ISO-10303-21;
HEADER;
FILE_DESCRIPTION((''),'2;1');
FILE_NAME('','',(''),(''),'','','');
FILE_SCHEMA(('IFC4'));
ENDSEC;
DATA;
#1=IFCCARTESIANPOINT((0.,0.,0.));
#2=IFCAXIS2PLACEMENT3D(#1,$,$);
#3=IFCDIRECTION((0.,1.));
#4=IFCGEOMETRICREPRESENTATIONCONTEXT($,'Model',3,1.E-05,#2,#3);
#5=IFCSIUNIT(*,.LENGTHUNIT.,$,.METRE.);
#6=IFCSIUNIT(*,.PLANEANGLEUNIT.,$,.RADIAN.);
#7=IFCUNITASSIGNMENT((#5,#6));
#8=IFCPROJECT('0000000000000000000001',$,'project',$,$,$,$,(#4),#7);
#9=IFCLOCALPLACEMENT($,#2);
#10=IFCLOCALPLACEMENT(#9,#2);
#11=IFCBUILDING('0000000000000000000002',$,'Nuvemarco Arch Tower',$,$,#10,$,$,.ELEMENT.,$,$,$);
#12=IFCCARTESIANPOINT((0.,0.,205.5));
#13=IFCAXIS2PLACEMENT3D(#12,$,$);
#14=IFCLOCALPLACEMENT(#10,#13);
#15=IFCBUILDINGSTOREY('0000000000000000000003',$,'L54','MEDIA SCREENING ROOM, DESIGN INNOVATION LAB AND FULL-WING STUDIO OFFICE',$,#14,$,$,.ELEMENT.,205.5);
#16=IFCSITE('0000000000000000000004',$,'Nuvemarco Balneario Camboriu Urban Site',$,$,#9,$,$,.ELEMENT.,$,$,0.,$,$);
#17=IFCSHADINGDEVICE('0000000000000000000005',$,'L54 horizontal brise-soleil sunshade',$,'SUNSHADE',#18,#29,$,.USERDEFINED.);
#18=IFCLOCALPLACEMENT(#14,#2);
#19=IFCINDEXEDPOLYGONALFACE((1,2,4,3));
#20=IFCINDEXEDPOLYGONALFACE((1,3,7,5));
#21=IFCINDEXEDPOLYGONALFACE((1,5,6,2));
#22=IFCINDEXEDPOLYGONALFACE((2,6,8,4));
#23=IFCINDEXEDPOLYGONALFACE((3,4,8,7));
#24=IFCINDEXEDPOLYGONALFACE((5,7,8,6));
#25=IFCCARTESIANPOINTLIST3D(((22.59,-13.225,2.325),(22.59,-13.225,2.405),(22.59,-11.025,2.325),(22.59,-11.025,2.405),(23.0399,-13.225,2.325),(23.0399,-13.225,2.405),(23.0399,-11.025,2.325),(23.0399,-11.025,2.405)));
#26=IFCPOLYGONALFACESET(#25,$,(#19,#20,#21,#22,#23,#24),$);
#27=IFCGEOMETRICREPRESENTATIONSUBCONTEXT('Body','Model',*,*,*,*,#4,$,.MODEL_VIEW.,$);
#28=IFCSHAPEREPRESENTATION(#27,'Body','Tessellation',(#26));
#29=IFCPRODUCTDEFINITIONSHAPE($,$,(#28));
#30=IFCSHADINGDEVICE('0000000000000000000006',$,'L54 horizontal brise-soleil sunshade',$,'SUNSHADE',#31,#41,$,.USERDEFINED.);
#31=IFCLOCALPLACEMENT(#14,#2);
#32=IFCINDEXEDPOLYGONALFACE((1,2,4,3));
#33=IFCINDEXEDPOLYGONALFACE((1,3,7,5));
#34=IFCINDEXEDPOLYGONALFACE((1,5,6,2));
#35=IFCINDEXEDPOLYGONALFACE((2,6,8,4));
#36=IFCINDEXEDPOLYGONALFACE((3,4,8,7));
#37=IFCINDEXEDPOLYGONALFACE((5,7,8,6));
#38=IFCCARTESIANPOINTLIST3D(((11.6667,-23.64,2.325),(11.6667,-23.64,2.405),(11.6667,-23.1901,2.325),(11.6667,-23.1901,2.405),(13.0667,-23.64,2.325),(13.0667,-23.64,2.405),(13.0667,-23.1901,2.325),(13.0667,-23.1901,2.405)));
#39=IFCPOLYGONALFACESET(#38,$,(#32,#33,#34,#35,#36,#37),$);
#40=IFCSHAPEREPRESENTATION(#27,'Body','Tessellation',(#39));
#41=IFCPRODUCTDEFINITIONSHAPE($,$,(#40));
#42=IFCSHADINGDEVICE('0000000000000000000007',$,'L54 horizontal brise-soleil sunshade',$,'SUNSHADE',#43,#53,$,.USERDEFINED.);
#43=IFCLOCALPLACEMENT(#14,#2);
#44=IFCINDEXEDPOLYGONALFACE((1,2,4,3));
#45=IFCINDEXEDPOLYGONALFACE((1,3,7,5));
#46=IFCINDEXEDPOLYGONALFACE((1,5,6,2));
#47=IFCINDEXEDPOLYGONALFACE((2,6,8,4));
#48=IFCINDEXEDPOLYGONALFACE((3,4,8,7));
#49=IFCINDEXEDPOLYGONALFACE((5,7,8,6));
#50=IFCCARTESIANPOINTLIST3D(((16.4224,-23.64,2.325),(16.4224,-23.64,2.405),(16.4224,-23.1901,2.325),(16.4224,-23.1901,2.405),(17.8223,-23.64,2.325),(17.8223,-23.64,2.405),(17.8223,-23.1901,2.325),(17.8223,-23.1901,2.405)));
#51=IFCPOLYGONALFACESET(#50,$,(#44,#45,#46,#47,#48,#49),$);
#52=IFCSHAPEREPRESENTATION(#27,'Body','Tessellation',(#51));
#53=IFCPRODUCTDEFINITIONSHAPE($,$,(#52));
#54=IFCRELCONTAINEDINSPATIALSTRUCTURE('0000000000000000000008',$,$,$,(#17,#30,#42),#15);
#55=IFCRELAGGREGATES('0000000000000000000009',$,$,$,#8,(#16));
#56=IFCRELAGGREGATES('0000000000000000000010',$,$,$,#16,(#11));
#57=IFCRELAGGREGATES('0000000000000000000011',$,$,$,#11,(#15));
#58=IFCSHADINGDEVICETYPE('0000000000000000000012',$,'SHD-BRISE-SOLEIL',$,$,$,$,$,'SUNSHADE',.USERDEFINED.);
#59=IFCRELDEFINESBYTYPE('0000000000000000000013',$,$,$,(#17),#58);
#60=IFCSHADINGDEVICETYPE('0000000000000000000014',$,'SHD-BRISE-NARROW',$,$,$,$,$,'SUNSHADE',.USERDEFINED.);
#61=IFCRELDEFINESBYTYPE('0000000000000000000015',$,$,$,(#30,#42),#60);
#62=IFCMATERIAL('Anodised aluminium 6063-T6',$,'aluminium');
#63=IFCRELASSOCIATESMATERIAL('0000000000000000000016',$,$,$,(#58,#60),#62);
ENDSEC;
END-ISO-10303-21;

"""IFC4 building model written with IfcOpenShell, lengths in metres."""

from ifc_helpers import new_model, si_unit, direction, frame, origin, origin_2d, place, context, subcontext, project, spatial, rectangle, extrude, source, transform, mapped, material, type_object, type_shapes, element, save


model = new_model("IFC4")

# Units and contexts
model_context = context("Model", 3, precision=1e-05, world=origin(), true_north=direction((0.0, 1.0)))
body_context = subcontext(model_context, "Body", "Model", "MODEL_VIEW")
ifc_project = project(units=[si_unit("LENGTHUNIT", "METRE"), si_unit("PLANEANGLEUNIT", "RADIAN")], contexts=[model_context])

# Site, building, storey
site_placement = place(None, origin())
site = spatial("IfcSite", under=ifc_project, at=site_placement, Name="Nuvemarco Balneario Camboriu Urban Site", CompositionType="ELEMENT", RefElevation=0.0)
building_placement = place(site_placement, origin())
building = spatial("IfcBuilding", under=site, at=building_placement, Name="Nuvemarco Arch Tower", CompositionType="ELEMENT")
storey_placement = place(building_placement, frame((0.0, 0.0, 205.5)))
storey = spatial("IfcBuildingStorey", under=building, at=storey_placement, Name="L54", Description="MEDIA SCREENING ROOM, DESIGN INNOVATION LAB AND FULL-WING STUDIO OFFICE", CompositionType="ELEMENT", Elevation=205.5)

# Shading devices
ifc_material_1 = material(Name="Anodised aluminium 6063-T6", Category="aluminium")
shading_device_type_1 = type_object("IfcShadingDeviceType", Name="SHD-BRISE-SOLEIL", ElementType="SUNSHADE", PredefinedType="USERDEFINED", material=ifc_material_1)
shared_shape_1 = source(origin(), body_context, "Body", "SweptSolid", [
    extrude(rectangle(XDim=2.2, YDim=0.45, at=origin_2d()), origin(), (0.0, 0.0, 1.0), 0.0801),
])
type_shapes(shading_device_type_1, [shared_shape_1])
shading_device_placement = place(storey_placement, frame((22.8149, -12.125, 2.325), z_axis=(0.0, 0.0, 1.0), x_axis=(0.0, 1.0, 0.0)))
element("IfcShadingDevice", 1, at=shading_device_placement, inside=storey, type_object=shading_device_type_1, Name="L54 horizontal brise-soleil sunshade", ObjectType="SUNSHADE", PredefinedType="USERDEFINED", context=body_context, shape_type="MappedRepresentation", body=[
    mapped(shared_shape_1, transform((0.0, 0.0, 0.0), scale=1.0)),
])
shading_device_type_2 = type_object("IfcShadingDeviceType", Name="SHD-BRISE-NARROW", ElementType="SUNSHADE", PredefinedType="USERDEFINED", material=ifc_material_1)
shared_shape_2 = source(origin(), body_context, "Body", "SweptSolid", [
    extrude(rectangle(XDim=1.3999, YDim=0.45, at=origin_2d()), origin(), (0.0, 0.0, 1.0), 0.0801),
])
type_shapes(shading_device_type_2, [shared_shape_2])
for number, where, z_axis, x_axis, name in (
    (2, (12.3667, -23.415, 2.325), (0.0, 0.0, 1.0), (1.0, 0.0, 0.0), "L54 horizontal brise-soleil sunshade"),
    (3, (17.1223, -23.415, 2.325), (0.0, 0.0, 1.0), (1.0, 0.0, 0.0), "L54 horizontal brise-soleil sunshade"),
):
    element("IfcShadingDevice", number, at=place(storey_placement, frame(where, z_axis=z_axis, x_axis=x_axis)), inside=storey, type_object=shading_device_type_2, Name=name, ObjectType="SUNSHADE", PredefinedType="USERDEFINED", context=body_context, shape_type="MappedRepresentation", body=[
        mapped(shared_shape_2, transform((0.0, 0.0, 0.0), scale=1.0)),
    ])

save(model, "model.ifc")
